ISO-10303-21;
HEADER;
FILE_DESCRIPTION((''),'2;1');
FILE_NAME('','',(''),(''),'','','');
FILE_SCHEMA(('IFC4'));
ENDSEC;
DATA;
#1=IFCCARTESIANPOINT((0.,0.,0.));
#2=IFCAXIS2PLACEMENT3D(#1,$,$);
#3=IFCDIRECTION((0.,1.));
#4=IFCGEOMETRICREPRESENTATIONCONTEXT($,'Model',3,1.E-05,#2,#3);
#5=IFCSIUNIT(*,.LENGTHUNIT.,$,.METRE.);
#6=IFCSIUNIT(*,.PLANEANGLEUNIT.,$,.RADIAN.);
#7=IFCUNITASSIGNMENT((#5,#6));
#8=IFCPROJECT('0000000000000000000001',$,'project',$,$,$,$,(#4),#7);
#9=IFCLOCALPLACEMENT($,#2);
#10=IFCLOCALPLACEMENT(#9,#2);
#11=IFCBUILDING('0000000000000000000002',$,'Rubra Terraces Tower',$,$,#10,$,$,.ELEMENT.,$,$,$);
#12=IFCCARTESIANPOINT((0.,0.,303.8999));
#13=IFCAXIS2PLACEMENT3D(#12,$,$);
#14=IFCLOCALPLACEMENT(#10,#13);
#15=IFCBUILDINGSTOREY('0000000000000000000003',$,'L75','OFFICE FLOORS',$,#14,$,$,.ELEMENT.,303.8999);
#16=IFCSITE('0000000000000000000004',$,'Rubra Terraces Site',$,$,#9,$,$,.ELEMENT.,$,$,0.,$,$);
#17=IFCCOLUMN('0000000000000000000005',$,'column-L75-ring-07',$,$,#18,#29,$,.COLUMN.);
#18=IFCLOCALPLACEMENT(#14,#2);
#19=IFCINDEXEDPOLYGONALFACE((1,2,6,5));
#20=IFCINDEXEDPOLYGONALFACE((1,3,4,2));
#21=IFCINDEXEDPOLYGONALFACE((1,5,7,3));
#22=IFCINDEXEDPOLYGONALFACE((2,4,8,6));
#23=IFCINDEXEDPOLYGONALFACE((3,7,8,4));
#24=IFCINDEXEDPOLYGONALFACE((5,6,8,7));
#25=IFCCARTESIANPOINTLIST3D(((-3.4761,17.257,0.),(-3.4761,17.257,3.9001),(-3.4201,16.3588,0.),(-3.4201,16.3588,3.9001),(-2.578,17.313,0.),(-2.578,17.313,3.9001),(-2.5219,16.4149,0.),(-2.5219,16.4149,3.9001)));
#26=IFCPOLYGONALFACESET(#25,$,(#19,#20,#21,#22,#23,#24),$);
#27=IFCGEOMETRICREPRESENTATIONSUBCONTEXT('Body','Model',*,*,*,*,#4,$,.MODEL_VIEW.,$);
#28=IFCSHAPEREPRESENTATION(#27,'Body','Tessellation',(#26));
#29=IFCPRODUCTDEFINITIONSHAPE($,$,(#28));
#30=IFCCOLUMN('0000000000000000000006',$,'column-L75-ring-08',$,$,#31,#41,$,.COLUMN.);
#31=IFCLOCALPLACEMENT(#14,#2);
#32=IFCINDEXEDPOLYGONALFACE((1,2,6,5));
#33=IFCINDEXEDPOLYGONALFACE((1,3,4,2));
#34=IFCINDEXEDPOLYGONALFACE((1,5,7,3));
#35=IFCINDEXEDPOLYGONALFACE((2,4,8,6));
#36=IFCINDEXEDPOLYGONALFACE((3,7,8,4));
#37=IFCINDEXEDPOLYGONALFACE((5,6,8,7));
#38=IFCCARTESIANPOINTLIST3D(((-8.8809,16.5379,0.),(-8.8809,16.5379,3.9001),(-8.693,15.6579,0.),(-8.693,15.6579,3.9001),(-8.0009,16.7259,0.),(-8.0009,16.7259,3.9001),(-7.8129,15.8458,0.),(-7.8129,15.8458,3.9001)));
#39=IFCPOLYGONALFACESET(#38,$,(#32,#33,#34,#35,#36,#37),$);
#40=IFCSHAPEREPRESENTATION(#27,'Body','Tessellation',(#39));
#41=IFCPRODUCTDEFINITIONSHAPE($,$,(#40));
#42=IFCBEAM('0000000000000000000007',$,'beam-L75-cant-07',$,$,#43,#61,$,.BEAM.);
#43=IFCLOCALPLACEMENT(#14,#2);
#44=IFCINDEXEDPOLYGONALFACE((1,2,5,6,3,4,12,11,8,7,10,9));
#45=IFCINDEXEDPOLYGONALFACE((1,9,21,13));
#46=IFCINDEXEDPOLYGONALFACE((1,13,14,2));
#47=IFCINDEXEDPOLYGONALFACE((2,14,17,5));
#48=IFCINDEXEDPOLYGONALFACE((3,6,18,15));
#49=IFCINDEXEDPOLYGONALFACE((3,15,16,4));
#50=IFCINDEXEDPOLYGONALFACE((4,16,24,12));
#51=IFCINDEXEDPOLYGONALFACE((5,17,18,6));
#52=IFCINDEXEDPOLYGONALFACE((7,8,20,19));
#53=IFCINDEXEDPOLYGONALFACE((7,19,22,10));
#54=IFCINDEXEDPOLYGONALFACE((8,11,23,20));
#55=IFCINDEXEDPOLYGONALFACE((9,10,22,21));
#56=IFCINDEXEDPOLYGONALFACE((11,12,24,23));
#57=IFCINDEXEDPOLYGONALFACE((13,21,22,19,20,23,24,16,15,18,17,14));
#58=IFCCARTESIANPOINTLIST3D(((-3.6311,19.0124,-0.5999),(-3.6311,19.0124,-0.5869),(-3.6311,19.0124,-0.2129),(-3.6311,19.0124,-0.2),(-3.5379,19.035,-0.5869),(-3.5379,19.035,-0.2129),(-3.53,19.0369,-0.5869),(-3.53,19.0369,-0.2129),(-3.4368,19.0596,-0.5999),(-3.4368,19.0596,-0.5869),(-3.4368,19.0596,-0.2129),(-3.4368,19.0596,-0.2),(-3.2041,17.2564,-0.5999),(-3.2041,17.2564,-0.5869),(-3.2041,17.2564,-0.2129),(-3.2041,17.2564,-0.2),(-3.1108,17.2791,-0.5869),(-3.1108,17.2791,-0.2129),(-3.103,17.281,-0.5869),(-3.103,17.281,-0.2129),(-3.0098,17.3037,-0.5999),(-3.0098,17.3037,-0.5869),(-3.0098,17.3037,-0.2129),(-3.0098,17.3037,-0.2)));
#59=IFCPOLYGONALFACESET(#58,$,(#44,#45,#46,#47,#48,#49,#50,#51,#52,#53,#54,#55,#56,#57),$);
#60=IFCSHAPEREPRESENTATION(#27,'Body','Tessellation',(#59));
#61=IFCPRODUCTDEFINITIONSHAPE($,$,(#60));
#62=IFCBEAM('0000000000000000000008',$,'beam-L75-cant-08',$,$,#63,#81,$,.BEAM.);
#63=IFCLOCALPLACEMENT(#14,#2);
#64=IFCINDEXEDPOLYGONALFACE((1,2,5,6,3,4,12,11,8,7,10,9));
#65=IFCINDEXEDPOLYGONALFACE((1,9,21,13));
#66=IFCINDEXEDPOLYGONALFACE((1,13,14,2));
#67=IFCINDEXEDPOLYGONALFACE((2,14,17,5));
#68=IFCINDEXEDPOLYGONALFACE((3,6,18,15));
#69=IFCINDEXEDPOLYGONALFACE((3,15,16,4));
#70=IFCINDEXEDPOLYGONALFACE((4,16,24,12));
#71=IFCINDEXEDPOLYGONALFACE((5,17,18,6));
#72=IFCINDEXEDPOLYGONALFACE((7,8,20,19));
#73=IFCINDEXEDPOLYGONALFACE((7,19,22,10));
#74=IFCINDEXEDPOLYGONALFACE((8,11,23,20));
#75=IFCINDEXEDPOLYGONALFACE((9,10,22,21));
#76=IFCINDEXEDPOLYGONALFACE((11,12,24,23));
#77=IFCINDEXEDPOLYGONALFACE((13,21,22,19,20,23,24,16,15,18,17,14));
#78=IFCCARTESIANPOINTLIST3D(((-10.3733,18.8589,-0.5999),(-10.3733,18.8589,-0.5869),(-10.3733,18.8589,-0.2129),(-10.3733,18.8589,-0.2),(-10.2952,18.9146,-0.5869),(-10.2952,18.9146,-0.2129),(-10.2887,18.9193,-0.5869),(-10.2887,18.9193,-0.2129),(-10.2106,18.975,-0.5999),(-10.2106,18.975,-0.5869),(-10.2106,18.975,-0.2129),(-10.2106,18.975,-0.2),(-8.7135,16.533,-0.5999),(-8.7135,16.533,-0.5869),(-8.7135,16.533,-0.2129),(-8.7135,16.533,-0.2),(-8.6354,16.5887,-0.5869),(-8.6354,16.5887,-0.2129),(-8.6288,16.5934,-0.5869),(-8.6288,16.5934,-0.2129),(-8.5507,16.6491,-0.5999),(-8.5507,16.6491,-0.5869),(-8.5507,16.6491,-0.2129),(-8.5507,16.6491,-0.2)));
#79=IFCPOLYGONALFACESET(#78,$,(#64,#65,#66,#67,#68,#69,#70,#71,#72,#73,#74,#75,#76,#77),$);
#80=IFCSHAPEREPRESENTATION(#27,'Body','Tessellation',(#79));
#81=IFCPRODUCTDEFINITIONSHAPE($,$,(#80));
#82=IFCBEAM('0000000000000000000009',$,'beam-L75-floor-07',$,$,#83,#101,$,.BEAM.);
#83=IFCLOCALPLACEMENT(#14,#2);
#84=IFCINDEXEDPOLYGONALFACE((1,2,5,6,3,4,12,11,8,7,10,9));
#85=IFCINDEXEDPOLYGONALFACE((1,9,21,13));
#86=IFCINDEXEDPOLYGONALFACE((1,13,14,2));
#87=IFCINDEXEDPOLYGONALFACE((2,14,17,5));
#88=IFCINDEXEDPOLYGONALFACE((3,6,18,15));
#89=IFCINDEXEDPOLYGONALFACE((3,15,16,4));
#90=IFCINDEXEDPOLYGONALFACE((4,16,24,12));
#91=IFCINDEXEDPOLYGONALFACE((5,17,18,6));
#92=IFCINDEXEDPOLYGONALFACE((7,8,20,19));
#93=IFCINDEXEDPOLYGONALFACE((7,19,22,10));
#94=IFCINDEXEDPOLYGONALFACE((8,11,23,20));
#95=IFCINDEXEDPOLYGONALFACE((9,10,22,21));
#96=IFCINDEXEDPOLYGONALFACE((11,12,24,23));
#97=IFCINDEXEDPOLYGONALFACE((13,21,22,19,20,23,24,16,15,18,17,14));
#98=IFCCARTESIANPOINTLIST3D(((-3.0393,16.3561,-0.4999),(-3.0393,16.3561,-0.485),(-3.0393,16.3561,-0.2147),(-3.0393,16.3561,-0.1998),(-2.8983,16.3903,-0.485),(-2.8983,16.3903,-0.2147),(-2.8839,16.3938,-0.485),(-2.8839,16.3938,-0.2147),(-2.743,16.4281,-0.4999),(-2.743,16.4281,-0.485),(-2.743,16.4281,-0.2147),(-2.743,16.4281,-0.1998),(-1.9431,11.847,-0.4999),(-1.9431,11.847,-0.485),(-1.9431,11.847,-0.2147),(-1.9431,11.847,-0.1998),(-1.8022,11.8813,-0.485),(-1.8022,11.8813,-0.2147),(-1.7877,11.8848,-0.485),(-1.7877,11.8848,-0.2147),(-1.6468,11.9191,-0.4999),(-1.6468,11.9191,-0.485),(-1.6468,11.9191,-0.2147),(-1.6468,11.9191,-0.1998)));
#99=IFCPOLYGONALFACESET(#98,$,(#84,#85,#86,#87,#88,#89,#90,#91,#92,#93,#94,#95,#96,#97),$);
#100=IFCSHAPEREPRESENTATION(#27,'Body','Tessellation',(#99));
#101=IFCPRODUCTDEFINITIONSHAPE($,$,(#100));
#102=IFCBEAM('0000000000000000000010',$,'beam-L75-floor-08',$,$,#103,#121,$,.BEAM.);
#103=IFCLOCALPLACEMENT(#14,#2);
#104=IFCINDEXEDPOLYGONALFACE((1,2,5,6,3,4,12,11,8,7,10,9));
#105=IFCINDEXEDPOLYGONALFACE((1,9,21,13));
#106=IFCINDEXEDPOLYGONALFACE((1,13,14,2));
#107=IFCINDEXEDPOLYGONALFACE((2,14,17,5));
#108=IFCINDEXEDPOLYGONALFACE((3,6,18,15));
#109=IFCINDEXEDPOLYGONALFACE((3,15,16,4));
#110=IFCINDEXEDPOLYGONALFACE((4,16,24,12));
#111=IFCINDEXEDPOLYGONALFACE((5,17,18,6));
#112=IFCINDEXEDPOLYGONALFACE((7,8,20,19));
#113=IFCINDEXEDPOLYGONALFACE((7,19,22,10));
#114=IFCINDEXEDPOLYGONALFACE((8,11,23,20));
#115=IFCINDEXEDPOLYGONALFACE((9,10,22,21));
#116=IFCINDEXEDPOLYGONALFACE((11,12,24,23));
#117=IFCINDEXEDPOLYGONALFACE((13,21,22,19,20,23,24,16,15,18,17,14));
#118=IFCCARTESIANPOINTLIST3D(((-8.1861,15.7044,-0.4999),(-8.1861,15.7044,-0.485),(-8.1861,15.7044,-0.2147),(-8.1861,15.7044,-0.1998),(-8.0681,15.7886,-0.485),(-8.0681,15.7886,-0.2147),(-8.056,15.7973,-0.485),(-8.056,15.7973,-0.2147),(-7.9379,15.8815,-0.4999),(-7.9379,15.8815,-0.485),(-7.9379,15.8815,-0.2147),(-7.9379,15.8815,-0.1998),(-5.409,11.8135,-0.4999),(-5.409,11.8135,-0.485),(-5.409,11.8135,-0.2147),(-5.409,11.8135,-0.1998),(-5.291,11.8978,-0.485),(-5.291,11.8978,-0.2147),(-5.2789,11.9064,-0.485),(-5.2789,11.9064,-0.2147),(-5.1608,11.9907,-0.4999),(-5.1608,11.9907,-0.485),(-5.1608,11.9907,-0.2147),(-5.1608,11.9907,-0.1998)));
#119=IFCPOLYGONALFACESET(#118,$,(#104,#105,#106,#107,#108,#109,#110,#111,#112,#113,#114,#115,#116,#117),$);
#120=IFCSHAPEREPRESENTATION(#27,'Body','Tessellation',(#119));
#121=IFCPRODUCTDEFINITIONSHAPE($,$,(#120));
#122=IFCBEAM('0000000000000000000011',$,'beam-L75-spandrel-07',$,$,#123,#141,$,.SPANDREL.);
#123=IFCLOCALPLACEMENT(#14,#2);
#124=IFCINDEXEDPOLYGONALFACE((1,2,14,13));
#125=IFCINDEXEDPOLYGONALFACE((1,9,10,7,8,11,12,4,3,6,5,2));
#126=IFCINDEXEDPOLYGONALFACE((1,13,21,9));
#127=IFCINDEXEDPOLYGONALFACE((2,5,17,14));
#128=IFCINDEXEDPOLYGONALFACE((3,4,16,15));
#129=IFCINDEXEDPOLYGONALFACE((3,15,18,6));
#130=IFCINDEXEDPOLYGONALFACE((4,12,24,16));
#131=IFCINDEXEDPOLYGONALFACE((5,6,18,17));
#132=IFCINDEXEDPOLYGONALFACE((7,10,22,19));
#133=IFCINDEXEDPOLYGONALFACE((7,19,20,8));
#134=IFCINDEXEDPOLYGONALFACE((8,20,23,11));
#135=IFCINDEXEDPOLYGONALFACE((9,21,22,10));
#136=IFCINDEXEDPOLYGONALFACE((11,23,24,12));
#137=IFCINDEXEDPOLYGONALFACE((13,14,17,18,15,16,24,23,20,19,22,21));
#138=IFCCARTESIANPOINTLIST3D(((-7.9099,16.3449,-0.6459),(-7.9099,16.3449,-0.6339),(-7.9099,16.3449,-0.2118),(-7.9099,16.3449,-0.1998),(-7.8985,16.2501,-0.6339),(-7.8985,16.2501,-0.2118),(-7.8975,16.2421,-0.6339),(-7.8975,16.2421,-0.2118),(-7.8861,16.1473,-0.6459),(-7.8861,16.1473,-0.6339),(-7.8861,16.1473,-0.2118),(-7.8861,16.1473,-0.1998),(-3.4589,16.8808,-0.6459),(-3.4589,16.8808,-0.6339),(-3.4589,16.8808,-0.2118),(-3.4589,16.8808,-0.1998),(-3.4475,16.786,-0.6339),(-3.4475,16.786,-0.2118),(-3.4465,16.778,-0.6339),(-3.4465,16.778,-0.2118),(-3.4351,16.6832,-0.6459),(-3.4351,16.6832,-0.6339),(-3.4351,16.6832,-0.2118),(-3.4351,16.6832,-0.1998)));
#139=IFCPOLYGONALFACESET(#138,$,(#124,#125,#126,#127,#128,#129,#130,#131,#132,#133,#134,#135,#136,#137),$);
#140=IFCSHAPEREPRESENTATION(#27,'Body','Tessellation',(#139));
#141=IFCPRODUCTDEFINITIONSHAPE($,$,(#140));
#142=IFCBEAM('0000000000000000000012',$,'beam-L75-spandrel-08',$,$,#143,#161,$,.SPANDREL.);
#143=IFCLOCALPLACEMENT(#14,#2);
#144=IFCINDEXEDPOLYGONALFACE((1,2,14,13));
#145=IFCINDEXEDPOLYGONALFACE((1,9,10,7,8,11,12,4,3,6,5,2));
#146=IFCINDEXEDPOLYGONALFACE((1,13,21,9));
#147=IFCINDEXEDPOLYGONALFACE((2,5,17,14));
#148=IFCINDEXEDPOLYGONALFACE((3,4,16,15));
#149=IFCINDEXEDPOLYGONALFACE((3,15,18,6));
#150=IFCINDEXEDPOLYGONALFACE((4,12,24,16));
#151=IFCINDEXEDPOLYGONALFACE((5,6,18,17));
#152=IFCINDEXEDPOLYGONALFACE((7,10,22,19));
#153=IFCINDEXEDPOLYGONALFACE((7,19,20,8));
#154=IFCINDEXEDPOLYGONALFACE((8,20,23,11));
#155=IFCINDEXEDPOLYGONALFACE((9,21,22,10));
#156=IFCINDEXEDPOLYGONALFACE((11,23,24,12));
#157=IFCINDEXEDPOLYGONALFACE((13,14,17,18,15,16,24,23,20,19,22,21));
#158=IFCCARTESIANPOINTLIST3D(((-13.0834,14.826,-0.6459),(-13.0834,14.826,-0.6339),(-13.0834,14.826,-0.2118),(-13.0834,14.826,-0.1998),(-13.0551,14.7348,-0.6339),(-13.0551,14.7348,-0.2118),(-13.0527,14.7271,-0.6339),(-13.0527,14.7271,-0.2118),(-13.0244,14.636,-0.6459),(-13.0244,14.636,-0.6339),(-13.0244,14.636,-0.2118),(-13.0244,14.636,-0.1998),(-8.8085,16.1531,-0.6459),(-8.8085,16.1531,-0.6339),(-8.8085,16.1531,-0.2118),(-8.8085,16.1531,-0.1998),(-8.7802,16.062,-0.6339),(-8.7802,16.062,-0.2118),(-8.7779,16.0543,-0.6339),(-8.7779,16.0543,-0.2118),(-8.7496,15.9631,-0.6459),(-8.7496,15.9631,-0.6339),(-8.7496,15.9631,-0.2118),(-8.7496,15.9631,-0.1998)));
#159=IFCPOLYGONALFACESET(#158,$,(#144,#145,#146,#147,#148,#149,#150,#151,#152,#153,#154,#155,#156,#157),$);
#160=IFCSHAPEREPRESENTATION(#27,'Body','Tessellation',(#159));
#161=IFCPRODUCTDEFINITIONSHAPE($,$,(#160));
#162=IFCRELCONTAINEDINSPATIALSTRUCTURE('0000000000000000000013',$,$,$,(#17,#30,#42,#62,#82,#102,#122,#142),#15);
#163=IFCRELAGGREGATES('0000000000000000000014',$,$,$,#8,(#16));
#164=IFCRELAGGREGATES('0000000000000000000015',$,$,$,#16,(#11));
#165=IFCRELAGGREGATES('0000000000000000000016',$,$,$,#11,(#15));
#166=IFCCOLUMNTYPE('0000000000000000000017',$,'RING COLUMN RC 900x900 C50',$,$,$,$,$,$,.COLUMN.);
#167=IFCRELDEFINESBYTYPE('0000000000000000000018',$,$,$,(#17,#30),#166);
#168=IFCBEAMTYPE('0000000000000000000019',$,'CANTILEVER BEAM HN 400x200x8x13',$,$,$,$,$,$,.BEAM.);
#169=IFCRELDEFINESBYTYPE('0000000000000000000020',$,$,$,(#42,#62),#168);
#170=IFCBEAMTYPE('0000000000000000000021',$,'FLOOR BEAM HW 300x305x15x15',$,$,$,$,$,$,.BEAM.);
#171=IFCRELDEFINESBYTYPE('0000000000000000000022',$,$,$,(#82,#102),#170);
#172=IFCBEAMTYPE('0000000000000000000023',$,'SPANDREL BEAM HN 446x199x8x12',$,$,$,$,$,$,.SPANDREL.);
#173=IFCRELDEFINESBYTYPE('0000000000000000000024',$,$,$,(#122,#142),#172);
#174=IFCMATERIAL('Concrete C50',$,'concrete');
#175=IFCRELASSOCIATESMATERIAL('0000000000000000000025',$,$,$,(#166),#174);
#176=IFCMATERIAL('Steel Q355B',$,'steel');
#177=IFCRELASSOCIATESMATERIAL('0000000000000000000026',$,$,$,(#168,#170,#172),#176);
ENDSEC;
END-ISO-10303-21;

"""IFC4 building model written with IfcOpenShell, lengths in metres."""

from ifc_helpers import new_model, si_unit, direction, frame, origin, origin_2d, place, context, subcontext, project, spatial, rectangle, i_section, extrude, material, material_profile, profile_set, type_object, element, save


model = new_model("IFC4")

# Units and contexts
model_context = context("Model", 3, precision=1e-05, world=origin(), true_north=direction((0.0, 1.0)))
body_context = subcontext(model_context, "Body", "Model", "MODEL_VIEW")
ifc_project = project(units=[si_unit("LENGTHUNIT", "METRE"), si_unit("PLANEANGLEUNIT", "RADIAN")], contexts=[model_context])

# Site, building, storey
site_placement = place(None, origin())
site = spatial("IfcSite", under=ifc_project, at=site_placement, Name="Rubra Terraces Site", CompositionType="ELEMENT", RefElevation=0.0)
building_placement = place(site_placement, origin())
building = spatial("IfcBuilding", under=site, at=building_placement, Name="Rubra Terraces Tower", CompositionType="ELEMENT")
storey_placement = place(building_placement, frame((0.0, 0.0, 303.8999)))
storey = spatial("IfcBuildingStorey", under=building, at=storey_placement, Name="L75", Description="OFFICE FLOORS", CompositionType="ELEMENT", Elevation=303.8999)

# Columns
ifc_material_1 = material(Name="Concrete C50", Category="concrete")
ifc_material_profile_1 = material_profile(ifc_material_1, rectangle(XDim=0.8999, YDim=0.8999, at=origin_2d()), Name="RC 900x900")
ifc_profile_set_1 = profile_set([ifc_material_profile_1], Name="Concrete C50")
column_type = type_object("IfcColumnType", Name="RING COLUMN RC 900x900 C50", PredefinedType="COLUMN", material=ifc_profile_set_1)
for number, where, z_axis, x_axis, name in (
    (1, (-2.999, 16.8359, 0.0), (0.0, 0.0, 1.0), (-0.998059, -0.062268, 0.0), "column-L75-ring-07"),
    (2, (-8.3469, 16.1919, 0.0), (0.0, 0.0, 1.0), (-0.977944, -0.208867, 0.0), "column-L75-ring-08"),
):
    element("IfcColumn", number, at=place(storey_placement, frame(where, z_axis=z_axis, x_axis=x_axis)), inside=storey, type_object=column_type, Name=name, PredefinedType="COLUMN", context=body_context, shape_type="SweptSolid", body=[
        extrude(rectangle(XDim=0.8999, YDim=0.8999, at=origin_2d()), origin(), (0.0, 0.0, 1.0), 3.9001),
    ])

# Beams
ifc_material_2 = material(Name="Steel Q355B", Category="steel")
ifc_material_profile_2 = material_profile(ifc_material_2, i_section(OverallWidth=0.2, OverallDepth=0.3999, WebThickness=0.0081, FlangeThickness=0.0129, at=origin_2d()), Name="HN 400x200x8x13")
ifc_profile_set_2 = profile_set([ifc_material_profile_2], Name="Steel Q355B")
beam_type_1 = type_object("IfcBeamType", Name="CANTILEVER BEAM HN 400x200x8x13", PredefinedType="BEAM", material=ifc_profile_set_2)
beam_1_placement = place(storey_placement, frame((-3.1069, 17.28, -0.3999), z_axis=(-0.2363, 0.97168, 0.0), x_axis=(-0.97168, -0.2363, 0.0)))
element("IfcBeam", 3, at=beam_1_placement, inside=storey, type_object=beam_type_1, Name="beam-L75-cant-07", PredefinedType="BEAM", context=body_context, shape_type="SweptSolid", body=[
    extrude(i_section(OverallWidth=0.2, OverallDepth=0.3999, WebThickness=0.0081, FlangeThickness=0.0129, at=origin_2d()), origin(), (0.0, 0.0, 1.0), 1.8071),
])
beam_2_placement = place(storey_placement, frame((-8.6321, 16.5911, -0.3999), z_axis=(-0.580899, 0.813976, 0.0), x_axis=(-0.813976, -0.580899, 0.0)))
element("IfcBeam", 4, at=beam_2_placement, inside=storey, type_object=beam_type_1, Name="beam-L75-cant-08", PredefinedType="BEAM", context=body_context, shape_type="SweptSolid", body=[
    extrude(i_section(OverallWidth=0.2, OverallDepth=0.3999, WebThickness=0.0081, FlangeThickness=0.0129, at=origin_2d()), origin(), (0.0, 0.0, 1.0), 2.8574),
])
ifc_material_profile_3 = material_profile(ifc_material_2, i_section(OverallWidth=0.3049, OverallDepth=0.3, WebThickness=0.0149, FlangeThickness=0.0149, at=origin_2d()), Name="HW 300x305x15x15")
ifc_profile_set_3 = profile_set([ifc_material_profile_3], Name="Steel Q355B")
beam_type_2 = type_object("IfcBeamType", Name="FLOOR BEAM HW 300x305x15x15", PredefinedType="BEAM", material=ifc_profile_set_3)
beam_3_placement = place(storey_placement, frame((-2.8911, 16.3921, -0.3499), z_axis=(0.236229, -0.971697, 0.0), x_axis=(0.971697, 0.236229, 0.0)))
element("IfcBeam", 5, at=beam_3_placement, inside=storey, type_object=beam_type_2, Name="beam-L75-floor-07", PredefinedType="BEAM", context=body_context, shape_type="SweptSolid", body=[
    extrude(i_section(OverallWidth=0.3049, OverallDepth=0.3, WebThickness=0.0149, FlangeThickness=0.0149, at=origin_2d()), origin(), (0.0, 0.0, 1.0), 4.6404),
])
beam_4_placement = place(storey_placement, frame((-8.062, 15.793, -0.3499), z_axis=(0.580948, -0.81394, 0.0), x_axis=(0.81394, 0.580948, 0.0)))
element("IfcBeam", 6, at=beam_4_placement, inside=storey, type_object=beam_type_2, Name="beam-L75-floor-08", PredefinedType="BEAM", context=body_context, shape_type="SweptSolid", body=[
    extrude(i_section(OverallWidth=0.3049, OverallDepth=0.3, WebThickness=0.0149, FlangeThickness=0.0149, at=origin_2d()), origin(), (0.0, 0.0, 1.0), 4.7803),
])
ifc_material_profile_4 = material_profile(ifc_material_2, i_section(OverallWidth=0.199, OverallDepth=0.446, WebThickness=0.0081, FlangeThickness=0.012, at=origin_2d()), Name="HN 446x199x8x12")
ifc_profile_set_4 = profile_set([ifc_material_profile_4], Name="Steel Q355B")
beam_type_3 = type_object("IfcBeamType", Name="SPANDREL BEAM HN 446x199x8x12", PredefinedType="SPANDREL", material=ifc_profile_set_4)
beam_5_placement = place(storey_placement, frame((-3.447, 16.782, -0.4229), z_axis=(-0.99283, -0.119536, 0.0), x_axis=(0.119536, -0.99283, 0.0)))
element("IfcBeam", 7, at=beam_5_placement, inside=storey, type_object=beam_type_3, Name="beam-L75-spandrel-07", PredefinedType="SPANDREL", context=body_context, shape_type="SweptSolid", body=[
    extrude(i_section(OverallWidth=0.199, OverallDepth=0.446, WebThickness=0.0081, FlangeThickness=0.012, at=origin_2d()), origin(), (0.0, 0.0, 1.0), 4.4832),
])
beam_6_placement = place(storey_placement, frame((-8.7791, 16.0581, -0.4229), z_axis=(-0.955035, -0.296492, 0.0), x_axis=(0.296492, -0.955035, 0.0)))
element("IfcBeam", 8, at=beam_6_placement, inside=storey, type_object=beam_type_3, Name="beam-L75-spandrel-08", PredefinedType="SPANDREL", context=body_context, shape_type="SweptSolid", body=[
    extrude(i_section(OverallWidth=0.199, OverallDepth=0.446, WebThickness=0.0081, FlangeThickness=0.012, at=origin_2d()), origin(), (0.0, 0.0, 1.0), 4.4761),
])

save(model, "model.ifc")
